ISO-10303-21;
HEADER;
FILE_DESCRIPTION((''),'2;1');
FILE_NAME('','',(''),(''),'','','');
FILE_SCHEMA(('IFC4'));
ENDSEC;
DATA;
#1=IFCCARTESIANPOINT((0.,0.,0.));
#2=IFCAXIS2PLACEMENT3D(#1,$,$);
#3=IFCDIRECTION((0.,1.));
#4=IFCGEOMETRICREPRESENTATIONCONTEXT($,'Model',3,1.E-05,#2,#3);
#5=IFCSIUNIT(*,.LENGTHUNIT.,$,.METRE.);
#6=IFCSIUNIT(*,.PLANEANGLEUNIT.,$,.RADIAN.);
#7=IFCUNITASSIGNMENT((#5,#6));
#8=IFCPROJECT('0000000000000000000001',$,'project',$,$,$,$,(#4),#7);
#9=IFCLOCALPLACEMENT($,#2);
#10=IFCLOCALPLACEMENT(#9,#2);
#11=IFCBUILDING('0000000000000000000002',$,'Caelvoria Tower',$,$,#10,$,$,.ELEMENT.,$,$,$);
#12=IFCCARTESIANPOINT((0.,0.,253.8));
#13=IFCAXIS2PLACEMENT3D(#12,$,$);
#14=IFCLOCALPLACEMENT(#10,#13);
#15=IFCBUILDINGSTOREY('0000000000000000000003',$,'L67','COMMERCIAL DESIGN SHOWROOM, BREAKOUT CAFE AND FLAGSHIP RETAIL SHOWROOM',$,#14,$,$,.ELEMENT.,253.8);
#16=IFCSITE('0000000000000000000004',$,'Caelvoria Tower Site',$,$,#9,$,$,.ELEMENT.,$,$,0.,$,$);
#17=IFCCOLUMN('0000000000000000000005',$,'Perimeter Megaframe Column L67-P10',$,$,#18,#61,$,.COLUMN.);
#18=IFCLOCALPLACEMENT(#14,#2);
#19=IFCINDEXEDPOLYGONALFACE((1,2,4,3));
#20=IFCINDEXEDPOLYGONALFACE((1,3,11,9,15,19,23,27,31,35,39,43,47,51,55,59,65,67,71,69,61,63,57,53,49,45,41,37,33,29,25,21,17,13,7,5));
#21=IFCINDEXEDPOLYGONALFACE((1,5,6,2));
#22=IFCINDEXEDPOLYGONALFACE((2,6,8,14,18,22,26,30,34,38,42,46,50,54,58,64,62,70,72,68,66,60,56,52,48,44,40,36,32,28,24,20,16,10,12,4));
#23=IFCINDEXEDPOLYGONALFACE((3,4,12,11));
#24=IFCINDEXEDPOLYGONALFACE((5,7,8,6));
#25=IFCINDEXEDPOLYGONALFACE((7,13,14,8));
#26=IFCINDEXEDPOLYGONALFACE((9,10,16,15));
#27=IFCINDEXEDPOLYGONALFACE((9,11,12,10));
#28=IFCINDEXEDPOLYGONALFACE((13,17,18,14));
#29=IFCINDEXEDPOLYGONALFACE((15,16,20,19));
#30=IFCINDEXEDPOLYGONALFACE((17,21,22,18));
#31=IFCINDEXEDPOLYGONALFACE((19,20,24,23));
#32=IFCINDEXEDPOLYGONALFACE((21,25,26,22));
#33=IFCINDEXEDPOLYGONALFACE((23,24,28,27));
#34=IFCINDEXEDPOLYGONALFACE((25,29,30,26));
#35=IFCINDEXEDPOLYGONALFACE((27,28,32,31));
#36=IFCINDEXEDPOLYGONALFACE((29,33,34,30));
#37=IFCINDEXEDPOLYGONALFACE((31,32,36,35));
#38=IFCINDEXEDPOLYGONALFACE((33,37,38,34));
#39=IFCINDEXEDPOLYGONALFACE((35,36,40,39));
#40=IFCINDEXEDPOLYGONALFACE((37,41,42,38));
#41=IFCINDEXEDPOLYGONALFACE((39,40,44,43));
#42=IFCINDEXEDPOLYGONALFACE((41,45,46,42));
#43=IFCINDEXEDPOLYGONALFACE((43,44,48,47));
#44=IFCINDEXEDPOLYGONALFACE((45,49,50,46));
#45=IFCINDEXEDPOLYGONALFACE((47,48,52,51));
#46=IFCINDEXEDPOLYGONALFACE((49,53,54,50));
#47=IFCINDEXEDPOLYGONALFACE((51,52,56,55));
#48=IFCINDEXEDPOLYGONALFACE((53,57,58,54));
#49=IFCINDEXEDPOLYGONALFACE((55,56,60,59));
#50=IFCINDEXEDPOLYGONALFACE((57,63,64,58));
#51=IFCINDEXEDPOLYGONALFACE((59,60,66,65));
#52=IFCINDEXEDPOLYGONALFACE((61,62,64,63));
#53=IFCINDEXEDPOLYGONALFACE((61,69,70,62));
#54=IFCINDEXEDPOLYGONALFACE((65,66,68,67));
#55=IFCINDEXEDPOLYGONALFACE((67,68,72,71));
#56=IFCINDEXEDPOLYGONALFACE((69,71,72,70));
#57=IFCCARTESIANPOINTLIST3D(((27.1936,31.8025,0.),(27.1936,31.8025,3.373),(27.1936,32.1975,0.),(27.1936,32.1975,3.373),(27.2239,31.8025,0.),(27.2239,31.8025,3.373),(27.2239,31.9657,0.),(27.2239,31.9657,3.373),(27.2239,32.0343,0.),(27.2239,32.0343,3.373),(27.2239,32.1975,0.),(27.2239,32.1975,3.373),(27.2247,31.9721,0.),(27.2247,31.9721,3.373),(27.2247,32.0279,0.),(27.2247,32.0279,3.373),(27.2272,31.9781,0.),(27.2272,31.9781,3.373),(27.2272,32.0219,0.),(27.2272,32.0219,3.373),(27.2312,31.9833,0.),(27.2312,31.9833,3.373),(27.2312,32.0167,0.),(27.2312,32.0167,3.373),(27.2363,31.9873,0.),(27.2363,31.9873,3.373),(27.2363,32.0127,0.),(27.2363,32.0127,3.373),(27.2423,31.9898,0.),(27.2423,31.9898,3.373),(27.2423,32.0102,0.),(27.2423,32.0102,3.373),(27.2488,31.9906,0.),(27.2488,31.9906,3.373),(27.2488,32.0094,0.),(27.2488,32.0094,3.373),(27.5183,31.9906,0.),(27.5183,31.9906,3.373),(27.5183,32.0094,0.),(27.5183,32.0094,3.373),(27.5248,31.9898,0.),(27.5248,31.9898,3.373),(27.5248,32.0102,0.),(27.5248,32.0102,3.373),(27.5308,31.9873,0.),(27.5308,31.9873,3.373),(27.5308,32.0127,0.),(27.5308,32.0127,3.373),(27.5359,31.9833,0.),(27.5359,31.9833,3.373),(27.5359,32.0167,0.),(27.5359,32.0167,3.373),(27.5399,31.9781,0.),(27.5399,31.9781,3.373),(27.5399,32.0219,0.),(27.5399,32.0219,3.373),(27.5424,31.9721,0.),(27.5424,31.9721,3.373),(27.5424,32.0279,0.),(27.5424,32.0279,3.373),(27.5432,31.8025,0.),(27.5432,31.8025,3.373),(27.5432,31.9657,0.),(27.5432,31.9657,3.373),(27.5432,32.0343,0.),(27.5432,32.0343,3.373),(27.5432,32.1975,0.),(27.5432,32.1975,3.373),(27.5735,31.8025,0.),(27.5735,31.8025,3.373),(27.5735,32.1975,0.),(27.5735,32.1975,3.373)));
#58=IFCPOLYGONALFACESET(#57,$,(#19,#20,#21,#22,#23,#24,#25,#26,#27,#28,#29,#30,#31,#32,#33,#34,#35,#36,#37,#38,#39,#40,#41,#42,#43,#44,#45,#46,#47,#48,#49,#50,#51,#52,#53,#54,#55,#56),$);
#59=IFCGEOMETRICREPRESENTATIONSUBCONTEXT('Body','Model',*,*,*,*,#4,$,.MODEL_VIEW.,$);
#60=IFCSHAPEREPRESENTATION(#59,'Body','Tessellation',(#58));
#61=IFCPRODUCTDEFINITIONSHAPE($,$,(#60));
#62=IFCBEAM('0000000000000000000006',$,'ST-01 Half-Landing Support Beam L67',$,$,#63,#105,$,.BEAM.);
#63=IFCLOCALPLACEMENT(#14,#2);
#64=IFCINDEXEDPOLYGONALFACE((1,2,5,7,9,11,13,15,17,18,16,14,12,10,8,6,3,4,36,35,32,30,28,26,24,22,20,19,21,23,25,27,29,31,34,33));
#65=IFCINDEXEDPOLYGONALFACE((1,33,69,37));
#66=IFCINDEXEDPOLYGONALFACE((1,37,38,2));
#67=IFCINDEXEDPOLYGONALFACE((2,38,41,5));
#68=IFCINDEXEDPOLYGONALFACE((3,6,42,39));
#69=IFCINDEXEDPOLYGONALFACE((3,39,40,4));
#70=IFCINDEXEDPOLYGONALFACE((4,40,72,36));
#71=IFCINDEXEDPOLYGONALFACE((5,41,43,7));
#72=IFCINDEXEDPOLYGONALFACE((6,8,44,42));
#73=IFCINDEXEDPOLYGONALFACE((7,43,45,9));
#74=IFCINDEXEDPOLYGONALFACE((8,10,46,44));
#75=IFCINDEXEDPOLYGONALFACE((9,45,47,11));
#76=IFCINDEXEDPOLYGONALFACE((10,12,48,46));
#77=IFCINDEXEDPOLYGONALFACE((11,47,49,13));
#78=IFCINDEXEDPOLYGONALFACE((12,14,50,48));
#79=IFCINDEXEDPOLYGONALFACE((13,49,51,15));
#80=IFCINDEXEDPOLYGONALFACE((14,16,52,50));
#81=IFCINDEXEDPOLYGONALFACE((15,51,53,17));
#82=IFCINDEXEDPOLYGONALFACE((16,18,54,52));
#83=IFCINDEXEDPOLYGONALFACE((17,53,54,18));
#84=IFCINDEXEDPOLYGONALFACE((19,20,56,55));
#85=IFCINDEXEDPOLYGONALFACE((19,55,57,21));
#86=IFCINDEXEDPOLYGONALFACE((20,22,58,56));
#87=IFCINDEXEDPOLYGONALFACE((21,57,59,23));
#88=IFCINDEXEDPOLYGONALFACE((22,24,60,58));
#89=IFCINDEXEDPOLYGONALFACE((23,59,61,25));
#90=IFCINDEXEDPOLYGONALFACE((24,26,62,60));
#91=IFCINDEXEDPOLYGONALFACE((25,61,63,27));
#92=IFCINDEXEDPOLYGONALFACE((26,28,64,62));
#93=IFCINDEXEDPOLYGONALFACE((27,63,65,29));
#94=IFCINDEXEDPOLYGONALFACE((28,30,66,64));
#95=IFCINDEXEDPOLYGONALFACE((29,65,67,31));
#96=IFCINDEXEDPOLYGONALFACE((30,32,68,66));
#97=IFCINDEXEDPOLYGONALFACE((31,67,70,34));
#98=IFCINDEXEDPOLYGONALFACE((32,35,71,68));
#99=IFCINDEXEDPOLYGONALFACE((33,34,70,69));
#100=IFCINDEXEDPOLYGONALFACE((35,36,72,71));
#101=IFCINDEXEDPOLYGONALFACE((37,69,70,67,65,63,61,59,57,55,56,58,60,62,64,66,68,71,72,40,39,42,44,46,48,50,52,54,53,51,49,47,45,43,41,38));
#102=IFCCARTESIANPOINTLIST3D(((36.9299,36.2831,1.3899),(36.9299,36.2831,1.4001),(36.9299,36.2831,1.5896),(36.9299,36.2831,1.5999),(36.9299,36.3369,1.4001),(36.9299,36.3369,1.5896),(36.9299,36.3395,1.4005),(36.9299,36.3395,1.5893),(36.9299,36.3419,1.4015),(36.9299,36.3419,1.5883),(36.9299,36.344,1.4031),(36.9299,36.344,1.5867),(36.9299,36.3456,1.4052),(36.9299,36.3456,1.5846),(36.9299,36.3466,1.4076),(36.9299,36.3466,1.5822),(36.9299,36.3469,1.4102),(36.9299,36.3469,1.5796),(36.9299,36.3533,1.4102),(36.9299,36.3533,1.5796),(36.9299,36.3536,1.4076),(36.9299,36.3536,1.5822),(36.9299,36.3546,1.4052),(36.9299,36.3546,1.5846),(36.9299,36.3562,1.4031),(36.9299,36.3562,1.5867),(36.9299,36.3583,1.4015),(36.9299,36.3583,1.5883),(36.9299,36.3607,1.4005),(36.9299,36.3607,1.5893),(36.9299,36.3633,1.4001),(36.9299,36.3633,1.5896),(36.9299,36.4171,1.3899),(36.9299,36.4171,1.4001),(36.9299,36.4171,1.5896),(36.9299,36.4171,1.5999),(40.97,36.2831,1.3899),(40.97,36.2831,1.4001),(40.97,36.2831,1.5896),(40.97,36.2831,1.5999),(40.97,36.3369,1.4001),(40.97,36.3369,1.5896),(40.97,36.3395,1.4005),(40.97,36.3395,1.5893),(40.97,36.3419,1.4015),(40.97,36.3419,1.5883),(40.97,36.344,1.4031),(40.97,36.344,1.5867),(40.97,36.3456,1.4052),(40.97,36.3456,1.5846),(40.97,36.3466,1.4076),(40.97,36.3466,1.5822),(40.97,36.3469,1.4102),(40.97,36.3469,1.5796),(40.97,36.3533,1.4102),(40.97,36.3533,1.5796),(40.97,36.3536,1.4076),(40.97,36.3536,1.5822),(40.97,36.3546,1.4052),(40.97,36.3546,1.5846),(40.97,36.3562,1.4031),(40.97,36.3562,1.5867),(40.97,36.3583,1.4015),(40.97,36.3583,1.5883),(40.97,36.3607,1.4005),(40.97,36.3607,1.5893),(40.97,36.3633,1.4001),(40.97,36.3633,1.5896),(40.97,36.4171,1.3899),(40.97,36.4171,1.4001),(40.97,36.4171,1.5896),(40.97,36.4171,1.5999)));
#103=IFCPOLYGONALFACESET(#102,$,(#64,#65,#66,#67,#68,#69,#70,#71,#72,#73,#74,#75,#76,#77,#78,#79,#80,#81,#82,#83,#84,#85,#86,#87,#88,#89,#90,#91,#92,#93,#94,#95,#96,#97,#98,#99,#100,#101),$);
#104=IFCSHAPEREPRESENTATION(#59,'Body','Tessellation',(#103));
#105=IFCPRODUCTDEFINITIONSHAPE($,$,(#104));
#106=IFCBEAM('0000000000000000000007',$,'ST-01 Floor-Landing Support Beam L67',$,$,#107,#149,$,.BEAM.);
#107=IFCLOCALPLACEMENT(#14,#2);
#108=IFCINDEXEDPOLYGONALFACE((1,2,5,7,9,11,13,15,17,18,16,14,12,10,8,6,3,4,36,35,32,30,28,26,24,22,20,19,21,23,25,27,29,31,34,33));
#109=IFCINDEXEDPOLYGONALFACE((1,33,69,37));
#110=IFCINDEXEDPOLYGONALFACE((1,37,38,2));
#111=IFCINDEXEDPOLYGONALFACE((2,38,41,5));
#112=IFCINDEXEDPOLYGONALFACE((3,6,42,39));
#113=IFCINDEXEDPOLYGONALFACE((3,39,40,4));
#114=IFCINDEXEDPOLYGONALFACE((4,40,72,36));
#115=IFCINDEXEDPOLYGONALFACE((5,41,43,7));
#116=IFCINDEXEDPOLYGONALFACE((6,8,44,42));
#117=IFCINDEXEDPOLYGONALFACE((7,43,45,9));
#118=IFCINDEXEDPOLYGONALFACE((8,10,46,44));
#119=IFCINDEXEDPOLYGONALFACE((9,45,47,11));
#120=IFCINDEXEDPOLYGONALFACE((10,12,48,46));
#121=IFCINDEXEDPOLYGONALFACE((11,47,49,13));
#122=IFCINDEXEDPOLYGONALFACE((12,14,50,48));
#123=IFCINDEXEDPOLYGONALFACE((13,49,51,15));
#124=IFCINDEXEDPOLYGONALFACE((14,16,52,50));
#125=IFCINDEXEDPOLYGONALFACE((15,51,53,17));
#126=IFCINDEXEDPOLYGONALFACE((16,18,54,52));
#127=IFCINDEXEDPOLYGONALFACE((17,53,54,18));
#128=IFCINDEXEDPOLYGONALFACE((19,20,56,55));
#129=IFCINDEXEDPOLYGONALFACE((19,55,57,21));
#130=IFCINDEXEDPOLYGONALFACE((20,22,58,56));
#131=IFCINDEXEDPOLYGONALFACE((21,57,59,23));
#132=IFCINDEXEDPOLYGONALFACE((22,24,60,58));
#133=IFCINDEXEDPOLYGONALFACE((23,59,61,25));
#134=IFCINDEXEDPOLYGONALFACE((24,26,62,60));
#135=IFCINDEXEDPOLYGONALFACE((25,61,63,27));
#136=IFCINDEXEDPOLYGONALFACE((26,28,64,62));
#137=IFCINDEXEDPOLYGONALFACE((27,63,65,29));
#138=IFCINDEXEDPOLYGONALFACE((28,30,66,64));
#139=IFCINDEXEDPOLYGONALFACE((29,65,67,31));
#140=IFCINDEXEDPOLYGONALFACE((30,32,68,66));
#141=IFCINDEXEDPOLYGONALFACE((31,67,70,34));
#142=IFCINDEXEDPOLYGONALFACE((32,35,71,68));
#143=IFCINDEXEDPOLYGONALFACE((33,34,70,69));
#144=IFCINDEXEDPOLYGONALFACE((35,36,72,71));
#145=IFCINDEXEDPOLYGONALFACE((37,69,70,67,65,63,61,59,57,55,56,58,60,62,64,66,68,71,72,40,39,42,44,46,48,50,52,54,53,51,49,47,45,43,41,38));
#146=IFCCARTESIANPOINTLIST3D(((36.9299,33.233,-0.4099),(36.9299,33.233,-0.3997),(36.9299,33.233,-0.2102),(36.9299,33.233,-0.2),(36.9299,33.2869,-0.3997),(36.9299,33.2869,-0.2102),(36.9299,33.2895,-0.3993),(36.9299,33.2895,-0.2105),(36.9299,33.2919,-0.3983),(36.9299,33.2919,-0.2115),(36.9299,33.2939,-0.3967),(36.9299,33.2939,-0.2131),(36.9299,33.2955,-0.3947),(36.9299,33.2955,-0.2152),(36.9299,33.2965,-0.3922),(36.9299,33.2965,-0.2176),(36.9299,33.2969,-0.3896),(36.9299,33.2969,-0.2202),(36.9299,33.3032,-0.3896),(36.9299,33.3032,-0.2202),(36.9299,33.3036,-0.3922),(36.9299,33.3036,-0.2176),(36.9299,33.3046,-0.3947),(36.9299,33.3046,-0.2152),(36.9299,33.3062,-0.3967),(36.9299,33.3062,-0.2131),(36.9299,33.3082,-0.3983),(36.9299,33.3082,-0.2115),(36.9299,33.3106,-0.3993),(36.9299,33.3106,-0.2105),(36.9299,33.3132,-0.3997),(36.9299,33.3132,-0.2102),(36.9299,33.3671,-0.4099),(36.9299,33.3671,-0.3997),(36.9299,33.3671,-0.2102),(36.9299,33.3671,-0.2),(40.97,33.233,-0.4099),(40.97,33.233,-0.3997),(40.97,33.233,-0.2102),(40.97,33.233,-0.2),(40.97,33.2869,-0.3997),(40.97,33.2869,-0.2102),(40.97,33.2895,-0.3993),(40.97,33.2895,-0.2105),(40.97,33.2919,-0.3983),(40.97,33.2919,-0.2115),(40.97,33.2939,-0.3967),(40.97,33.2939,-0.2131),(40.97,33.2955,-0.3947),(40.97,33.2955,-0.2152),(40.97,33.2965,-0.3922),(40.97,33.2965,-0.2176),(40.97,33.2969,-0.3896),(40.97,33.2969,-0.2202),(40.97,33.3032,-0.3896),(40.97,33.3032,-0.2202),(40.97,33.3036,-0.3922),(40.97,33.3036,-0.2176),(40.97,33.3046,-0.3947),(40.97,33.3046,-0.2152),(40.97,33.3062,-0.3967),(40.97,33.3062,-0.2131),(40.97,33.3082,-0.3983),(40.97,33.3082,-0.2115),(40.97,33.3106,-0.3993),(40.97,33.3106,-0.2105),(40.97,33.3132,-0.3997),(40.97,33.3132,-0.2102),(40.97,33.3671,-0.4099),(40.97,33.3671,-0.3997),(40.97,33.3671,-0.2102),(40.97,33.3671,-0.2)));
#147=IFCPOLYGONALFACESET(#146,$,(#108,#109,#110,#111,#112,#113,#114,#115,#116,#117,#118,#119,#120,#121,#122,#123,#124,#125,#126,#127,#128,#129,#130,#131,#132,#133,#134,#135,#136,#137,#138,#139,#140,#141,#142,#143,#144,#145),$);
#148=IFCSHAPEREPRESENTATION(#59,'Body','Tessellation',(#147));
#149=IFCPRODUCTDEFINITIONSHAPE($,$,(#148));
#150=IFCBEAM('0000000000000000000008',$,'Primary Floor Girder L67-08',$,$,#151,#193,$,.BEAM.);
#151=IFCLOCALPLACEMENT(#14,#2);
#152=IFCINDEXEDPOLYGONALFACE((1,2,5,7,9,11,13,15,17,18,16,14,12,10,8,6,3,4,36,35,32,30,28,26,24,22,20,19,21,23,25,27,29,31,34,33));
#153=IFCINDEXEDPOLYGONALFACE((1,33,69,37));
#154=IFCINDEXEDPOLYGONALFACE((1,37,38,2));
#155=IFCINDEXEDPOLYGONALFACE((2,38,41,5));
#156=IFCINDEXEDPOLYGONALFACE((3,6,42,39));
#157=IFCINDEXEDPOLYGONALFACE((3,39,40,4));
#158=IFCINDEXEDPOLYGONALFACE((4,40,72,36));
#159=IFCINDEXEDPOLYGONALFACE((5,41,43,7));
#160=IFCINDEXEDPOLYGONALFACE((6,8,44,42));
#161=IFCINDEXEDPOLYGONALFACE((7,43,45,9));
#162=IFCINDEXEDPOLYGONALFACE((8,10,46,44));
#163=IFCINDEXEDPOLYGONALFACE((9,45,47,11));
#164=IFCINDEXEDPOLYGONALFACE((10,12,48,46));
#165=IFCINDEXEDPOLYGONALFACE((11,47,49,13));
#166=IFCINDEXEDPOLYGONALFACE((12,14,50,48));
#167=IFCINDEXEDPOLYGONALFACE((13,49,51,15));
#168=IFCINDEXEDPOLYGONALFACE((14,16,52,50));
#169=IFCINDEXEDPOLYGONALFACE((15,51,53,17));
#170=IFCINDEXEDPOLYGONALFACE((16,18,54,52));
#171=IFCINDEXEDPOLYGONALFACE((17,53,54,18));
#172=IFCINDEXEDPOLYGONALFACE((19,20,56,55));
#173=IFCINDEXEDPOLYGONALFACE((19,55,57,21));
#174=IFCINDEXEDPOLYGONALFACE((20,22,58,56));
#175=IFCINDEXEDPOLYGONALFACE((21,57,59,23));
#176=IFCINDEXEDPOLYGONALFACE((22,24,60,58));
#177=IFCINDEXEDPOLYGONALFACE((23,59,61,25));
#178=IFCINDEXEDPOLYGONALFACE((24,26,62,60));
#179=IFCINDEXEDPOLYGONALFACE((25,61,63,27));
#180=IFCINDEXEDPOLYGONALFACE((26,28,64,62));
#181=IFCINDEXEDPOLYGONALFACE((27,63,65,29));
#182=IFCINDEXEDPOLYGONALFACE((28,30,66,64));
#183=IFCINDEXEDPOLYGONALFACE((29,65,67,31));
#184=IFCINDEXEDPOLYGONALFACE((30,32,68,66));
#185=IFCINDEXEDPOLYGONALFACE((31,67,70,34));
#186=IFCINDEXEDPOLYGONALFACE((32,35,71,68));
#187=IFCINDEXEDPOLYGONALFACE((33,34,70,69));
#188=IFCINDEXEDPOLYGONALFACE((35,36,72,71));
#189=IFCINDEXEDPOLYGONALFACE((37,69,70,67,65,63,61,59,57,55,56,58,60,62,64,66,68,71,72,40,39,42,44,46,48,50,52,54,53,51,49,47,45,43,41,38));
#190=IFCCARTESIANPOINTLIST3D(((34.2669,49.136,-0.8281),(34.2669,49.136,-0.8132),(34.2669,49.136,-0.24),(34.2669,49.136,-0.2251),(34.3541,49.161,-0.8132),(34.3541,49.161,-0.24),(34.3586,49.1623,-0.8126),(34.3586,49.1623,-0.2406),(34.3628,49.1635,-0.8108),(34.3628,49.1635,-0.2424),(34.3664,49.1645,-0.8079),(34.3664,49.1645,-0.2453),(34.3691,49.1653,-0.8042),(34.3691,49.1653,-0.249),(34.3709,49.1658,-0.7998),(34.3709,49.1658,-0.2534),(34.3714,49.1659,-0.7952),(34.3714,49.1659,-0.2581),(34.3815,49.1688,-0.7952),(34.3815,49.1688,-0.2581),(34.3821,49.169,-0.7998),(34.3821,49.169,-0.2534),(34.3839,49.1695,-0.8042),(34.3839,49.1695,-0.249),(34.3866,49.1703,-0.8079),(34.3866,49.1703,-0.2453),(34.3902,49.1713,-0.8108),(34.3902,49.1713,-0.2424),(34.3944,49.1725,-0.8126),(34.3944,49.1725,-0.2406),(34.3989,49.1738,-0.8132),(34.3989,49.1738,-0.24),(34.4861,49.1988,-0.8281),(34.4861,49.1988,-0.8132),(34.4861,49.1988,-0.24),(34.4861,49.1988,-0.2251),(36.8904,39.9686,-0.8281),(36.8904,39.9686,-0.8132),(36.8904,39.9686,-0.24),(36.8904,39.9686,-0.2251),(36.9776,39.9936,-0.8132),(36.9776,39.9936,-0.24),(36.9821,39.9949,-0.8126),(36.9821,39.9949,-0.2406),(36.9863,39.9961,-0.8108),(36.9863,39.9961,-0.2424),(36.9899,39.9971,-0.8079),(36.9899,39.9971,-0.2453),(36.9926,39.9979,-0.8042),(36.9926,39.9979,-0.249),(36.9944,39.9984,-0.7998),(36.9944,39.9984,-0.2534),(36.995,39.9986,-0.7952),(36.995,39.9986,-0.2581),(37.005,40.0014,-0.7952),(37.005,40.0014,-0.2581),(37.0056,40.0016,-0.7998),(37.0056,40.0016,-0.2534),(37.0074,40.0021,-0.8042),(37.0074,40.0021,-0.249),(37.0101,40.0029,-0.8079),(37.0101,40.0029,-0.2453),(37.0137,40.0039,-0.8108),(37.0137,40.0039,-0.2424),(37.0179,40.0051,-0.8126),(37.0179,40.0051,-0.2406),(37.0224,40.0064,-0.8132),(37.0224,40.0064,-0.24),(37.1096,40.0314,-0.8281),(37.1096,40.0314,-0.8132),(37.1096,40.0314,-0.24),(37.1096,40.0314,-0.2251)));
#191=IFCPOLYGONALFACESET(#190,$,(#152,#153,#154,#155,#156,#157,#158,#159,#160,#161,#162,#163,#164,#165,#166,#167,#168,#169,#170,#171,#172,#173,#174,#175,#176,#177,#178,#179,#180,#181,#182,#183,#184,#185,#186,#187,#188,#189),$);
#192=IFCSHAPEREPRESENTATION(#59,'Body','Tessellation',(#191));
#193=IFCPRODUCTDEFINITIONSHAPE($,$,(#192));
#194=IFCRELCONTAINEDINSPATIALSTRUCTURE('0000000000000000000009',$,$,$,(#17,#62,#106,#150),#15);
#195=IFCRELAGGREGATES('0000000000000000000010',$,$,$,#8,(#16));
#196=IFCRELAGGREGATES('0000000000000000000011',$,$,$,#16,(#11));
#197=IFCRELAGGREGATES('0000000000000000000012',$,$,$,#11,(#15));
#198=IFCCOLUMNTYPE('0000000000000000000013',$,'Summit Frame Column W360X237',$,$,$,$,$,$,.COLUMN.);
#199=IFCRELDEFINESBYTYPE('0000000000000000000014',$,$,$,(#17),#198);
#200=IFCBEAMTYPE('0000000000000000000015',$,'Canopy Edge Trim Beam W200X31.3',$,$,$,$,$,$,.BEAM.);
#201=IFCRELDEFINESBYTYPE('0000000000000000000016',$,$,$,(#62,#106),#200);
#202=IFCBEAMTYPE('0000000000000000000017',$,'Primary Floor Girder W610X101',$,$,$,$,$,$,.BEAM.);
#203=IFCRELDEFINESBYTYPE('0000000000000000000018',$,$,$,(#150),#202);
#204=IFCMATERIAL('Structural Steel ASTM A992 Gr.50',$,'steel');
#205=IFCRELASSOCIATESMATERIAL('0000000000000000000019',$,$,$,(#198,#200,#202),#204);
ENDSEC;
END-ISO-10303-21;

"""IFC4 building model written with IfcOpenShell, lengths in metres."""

from ifc_helpers import new_model, si_unit, direction, frame, origin, origin_2d, place, context, subcontext, project, spatial, i_section, extrude, material, material_profile, profile_set, type_object, element, save


model = new_model("IFC4")

# Units and contexts
model_context = context("Model", 3, precision=1e-05, world=origin(), true_north=direction((0.0, 1.0)))
body_context = subcontext(model_context, "Body", "Model", "MODEL_VIEW")
ifc_project = project(units=[si_unit("LENGTHUNIT", "METRE"), si_unit("PLANEANGLEUNIT", "RADIAN")], contexts=[model_context])

# Site, building, storey
site_placement = place(None, origin())
site = spatial("IfcSite", under=ifc_project, at=site_placement, Name="Caelvoria Tower Site", CompositionType="ELEMENT", RefElevation=0.0)
building_placement = place(site_placement, origin())
building = spatial("IfcBuilding", under=site, at=building_placement, Name="Caelvoria Tower", CompositionType="ELEMENT")
storey_placement = place(building_placement, frame((0.0, 0.0, 253.8)))
storey = spatial("IfcBuildingStorey", under=building, at=storey_placement, Name="L67", Description="COMMERCIAL DESIGN SHOWROOM, BREAKOUT CAFE AND FLAGSHIP RETAIL SHOWROOM", CompositionType="ELEMENT", Elevation=253.8)

# Column
ifc_material_1 = material(Name="Structural Steel ASTM A992 Gr.50", Category="steel")
ifc_material_profile_1 = material_profile(ifc_material_1, i_section(OverallWidth=0.395, OverallDepth=0.3799, WebThickness=0.0188, FlangeThickness=0.0303, FilletRadius=0.0249, at=origin_2d()), Name="Structural Steel ASTM A992 Gr.50")
ifc_profile_set_1 = profile_set([ifc_material_profile_1], Name="W360X237 - Structural Steel ASTM A992 Gr.50")
column_type = type_object("IfcColumnType", Name="Summit Frame Column W360X237", PredefinedType="COLUMN", material=ifc_profile_set_1)
column_placement = place(storey_placement, frame((27.3835, 32.0, 0.0), z_axis=(0.0, 0.0, 1.0), x_axis=(0.0, 1.0, 0.0)))
element("IfcColumn", 1, at=column_placement, inside=storey, type_object=column_type, Name="Perimeter Megaframe Column L67-P10", PredefinedType="COLUMN", context=body_context, shape_type="SweptSolid", body=[
    extrude(i_section(OverallWidth=0.395, OverallDepth=0.3799, WebThickness=0.0188, FlangeThickness=0.0303, FilletRadius=0.0249, at=origin_2d()), origin(), (0.0, 0.0, 1.0), 3.373),
])

# Beams
ifc_material_profile_2 = material_profile(ifc_material_1, i_section(OverallWidth=0.134, OverallDepth=0.21, WebThickness=0.0063, FlangeThickness=0.0103, FilletRadius=0.01, at=origin_2d()), Name="Structural Steel ASTM A992 Gr.50")
ifc_profile_set_2 = profile_set([ifc_material_profile_2], Name="W200X31.3 - Structural Steel ASTM A992 Gr.50")
beam_type_1 = type_object("IfcBeamType", Name="Canopy Edge Trim Beam W200X31.3", PredefinedType="BEAM", material=ifc_profile_set_2)
for number, where, z_axis, x_axis, name in (
    (2, (36.9299, 36.3501, 1.4949), (1.0, 0.0, 0.0), (0.0, 1.0, 0.0), "ST-01 Half-Landing Support Beam L67"),
    (3, (36.9299, 33.3, -0.3049), (1.0, 0.0, 0.0), (0.0, 1.0, 0.0), "ST-01 Floor-Landing Support Beam L67"),
):
    element("IfcBeam", number, at=place(storey_placement, frame(where, z_axis=z_axis, x_axis=x_axis)), inside=storey, type_object=beam_type_1, Name=name, PredefinedType="BEAM", context=body_context, shape_type="SweptSolid", body=[
        extrude(i_section(OverallWidth=0.134, OverallDepth=0.21, WebThickness=0.0063, FlangeThickness=0.0103, FilletRadius=0.01, at=origin_2d()), origin(), (0.0, 0.0, 1.0), 4.04),
    ])
ifc_material_profile_3 = material_profile(ifc_material_1, i_section(OverallWidth=0.228, OverallDepth=0.603, WebThickness=0.0105, FlangeThickness=0.0149, FilletRadius=0.0181, at=origin_2d()), Name="Structural Steel ASTM A992 Gr.50")
ifc_profile_set_3 = profile_set([ifc_material_profile_3], Name="W610X101 - Structural Steel ASTM A992 Gr.50")
beam_type_2 = type_object("IfcBeamType", Name="Primary Floor Girder W610X101", PredefinedType="BEAM", material=ifc_profile_set_3)
beam_1_placement = place(storey_placement, frame((37.0, 40.0, -0.5266), z_axis=(-0.275134, 0.961406, 0.0), x_axis=(-0.961406, -0.275134, 0.0)))
element("IfcBeam", 4, at=beam_1_placement, inside=storey, type_object=beam_type_2, Name="Primary Floor Girder L67-08", PredefinedType="BEAM", context=body_context, shape_type="SweptSolid", body=[
    extrude(i_section(OverallWidth=0.228, OverallDepth=0.603, WebThickness=0.0105, FlangeThickness=0.0149, FilletRadius=0.0181, at=origin_2d()), origin(), (0.0, 0.0, 1.0), 9.5354),
])

save(model, "model.ifc")
